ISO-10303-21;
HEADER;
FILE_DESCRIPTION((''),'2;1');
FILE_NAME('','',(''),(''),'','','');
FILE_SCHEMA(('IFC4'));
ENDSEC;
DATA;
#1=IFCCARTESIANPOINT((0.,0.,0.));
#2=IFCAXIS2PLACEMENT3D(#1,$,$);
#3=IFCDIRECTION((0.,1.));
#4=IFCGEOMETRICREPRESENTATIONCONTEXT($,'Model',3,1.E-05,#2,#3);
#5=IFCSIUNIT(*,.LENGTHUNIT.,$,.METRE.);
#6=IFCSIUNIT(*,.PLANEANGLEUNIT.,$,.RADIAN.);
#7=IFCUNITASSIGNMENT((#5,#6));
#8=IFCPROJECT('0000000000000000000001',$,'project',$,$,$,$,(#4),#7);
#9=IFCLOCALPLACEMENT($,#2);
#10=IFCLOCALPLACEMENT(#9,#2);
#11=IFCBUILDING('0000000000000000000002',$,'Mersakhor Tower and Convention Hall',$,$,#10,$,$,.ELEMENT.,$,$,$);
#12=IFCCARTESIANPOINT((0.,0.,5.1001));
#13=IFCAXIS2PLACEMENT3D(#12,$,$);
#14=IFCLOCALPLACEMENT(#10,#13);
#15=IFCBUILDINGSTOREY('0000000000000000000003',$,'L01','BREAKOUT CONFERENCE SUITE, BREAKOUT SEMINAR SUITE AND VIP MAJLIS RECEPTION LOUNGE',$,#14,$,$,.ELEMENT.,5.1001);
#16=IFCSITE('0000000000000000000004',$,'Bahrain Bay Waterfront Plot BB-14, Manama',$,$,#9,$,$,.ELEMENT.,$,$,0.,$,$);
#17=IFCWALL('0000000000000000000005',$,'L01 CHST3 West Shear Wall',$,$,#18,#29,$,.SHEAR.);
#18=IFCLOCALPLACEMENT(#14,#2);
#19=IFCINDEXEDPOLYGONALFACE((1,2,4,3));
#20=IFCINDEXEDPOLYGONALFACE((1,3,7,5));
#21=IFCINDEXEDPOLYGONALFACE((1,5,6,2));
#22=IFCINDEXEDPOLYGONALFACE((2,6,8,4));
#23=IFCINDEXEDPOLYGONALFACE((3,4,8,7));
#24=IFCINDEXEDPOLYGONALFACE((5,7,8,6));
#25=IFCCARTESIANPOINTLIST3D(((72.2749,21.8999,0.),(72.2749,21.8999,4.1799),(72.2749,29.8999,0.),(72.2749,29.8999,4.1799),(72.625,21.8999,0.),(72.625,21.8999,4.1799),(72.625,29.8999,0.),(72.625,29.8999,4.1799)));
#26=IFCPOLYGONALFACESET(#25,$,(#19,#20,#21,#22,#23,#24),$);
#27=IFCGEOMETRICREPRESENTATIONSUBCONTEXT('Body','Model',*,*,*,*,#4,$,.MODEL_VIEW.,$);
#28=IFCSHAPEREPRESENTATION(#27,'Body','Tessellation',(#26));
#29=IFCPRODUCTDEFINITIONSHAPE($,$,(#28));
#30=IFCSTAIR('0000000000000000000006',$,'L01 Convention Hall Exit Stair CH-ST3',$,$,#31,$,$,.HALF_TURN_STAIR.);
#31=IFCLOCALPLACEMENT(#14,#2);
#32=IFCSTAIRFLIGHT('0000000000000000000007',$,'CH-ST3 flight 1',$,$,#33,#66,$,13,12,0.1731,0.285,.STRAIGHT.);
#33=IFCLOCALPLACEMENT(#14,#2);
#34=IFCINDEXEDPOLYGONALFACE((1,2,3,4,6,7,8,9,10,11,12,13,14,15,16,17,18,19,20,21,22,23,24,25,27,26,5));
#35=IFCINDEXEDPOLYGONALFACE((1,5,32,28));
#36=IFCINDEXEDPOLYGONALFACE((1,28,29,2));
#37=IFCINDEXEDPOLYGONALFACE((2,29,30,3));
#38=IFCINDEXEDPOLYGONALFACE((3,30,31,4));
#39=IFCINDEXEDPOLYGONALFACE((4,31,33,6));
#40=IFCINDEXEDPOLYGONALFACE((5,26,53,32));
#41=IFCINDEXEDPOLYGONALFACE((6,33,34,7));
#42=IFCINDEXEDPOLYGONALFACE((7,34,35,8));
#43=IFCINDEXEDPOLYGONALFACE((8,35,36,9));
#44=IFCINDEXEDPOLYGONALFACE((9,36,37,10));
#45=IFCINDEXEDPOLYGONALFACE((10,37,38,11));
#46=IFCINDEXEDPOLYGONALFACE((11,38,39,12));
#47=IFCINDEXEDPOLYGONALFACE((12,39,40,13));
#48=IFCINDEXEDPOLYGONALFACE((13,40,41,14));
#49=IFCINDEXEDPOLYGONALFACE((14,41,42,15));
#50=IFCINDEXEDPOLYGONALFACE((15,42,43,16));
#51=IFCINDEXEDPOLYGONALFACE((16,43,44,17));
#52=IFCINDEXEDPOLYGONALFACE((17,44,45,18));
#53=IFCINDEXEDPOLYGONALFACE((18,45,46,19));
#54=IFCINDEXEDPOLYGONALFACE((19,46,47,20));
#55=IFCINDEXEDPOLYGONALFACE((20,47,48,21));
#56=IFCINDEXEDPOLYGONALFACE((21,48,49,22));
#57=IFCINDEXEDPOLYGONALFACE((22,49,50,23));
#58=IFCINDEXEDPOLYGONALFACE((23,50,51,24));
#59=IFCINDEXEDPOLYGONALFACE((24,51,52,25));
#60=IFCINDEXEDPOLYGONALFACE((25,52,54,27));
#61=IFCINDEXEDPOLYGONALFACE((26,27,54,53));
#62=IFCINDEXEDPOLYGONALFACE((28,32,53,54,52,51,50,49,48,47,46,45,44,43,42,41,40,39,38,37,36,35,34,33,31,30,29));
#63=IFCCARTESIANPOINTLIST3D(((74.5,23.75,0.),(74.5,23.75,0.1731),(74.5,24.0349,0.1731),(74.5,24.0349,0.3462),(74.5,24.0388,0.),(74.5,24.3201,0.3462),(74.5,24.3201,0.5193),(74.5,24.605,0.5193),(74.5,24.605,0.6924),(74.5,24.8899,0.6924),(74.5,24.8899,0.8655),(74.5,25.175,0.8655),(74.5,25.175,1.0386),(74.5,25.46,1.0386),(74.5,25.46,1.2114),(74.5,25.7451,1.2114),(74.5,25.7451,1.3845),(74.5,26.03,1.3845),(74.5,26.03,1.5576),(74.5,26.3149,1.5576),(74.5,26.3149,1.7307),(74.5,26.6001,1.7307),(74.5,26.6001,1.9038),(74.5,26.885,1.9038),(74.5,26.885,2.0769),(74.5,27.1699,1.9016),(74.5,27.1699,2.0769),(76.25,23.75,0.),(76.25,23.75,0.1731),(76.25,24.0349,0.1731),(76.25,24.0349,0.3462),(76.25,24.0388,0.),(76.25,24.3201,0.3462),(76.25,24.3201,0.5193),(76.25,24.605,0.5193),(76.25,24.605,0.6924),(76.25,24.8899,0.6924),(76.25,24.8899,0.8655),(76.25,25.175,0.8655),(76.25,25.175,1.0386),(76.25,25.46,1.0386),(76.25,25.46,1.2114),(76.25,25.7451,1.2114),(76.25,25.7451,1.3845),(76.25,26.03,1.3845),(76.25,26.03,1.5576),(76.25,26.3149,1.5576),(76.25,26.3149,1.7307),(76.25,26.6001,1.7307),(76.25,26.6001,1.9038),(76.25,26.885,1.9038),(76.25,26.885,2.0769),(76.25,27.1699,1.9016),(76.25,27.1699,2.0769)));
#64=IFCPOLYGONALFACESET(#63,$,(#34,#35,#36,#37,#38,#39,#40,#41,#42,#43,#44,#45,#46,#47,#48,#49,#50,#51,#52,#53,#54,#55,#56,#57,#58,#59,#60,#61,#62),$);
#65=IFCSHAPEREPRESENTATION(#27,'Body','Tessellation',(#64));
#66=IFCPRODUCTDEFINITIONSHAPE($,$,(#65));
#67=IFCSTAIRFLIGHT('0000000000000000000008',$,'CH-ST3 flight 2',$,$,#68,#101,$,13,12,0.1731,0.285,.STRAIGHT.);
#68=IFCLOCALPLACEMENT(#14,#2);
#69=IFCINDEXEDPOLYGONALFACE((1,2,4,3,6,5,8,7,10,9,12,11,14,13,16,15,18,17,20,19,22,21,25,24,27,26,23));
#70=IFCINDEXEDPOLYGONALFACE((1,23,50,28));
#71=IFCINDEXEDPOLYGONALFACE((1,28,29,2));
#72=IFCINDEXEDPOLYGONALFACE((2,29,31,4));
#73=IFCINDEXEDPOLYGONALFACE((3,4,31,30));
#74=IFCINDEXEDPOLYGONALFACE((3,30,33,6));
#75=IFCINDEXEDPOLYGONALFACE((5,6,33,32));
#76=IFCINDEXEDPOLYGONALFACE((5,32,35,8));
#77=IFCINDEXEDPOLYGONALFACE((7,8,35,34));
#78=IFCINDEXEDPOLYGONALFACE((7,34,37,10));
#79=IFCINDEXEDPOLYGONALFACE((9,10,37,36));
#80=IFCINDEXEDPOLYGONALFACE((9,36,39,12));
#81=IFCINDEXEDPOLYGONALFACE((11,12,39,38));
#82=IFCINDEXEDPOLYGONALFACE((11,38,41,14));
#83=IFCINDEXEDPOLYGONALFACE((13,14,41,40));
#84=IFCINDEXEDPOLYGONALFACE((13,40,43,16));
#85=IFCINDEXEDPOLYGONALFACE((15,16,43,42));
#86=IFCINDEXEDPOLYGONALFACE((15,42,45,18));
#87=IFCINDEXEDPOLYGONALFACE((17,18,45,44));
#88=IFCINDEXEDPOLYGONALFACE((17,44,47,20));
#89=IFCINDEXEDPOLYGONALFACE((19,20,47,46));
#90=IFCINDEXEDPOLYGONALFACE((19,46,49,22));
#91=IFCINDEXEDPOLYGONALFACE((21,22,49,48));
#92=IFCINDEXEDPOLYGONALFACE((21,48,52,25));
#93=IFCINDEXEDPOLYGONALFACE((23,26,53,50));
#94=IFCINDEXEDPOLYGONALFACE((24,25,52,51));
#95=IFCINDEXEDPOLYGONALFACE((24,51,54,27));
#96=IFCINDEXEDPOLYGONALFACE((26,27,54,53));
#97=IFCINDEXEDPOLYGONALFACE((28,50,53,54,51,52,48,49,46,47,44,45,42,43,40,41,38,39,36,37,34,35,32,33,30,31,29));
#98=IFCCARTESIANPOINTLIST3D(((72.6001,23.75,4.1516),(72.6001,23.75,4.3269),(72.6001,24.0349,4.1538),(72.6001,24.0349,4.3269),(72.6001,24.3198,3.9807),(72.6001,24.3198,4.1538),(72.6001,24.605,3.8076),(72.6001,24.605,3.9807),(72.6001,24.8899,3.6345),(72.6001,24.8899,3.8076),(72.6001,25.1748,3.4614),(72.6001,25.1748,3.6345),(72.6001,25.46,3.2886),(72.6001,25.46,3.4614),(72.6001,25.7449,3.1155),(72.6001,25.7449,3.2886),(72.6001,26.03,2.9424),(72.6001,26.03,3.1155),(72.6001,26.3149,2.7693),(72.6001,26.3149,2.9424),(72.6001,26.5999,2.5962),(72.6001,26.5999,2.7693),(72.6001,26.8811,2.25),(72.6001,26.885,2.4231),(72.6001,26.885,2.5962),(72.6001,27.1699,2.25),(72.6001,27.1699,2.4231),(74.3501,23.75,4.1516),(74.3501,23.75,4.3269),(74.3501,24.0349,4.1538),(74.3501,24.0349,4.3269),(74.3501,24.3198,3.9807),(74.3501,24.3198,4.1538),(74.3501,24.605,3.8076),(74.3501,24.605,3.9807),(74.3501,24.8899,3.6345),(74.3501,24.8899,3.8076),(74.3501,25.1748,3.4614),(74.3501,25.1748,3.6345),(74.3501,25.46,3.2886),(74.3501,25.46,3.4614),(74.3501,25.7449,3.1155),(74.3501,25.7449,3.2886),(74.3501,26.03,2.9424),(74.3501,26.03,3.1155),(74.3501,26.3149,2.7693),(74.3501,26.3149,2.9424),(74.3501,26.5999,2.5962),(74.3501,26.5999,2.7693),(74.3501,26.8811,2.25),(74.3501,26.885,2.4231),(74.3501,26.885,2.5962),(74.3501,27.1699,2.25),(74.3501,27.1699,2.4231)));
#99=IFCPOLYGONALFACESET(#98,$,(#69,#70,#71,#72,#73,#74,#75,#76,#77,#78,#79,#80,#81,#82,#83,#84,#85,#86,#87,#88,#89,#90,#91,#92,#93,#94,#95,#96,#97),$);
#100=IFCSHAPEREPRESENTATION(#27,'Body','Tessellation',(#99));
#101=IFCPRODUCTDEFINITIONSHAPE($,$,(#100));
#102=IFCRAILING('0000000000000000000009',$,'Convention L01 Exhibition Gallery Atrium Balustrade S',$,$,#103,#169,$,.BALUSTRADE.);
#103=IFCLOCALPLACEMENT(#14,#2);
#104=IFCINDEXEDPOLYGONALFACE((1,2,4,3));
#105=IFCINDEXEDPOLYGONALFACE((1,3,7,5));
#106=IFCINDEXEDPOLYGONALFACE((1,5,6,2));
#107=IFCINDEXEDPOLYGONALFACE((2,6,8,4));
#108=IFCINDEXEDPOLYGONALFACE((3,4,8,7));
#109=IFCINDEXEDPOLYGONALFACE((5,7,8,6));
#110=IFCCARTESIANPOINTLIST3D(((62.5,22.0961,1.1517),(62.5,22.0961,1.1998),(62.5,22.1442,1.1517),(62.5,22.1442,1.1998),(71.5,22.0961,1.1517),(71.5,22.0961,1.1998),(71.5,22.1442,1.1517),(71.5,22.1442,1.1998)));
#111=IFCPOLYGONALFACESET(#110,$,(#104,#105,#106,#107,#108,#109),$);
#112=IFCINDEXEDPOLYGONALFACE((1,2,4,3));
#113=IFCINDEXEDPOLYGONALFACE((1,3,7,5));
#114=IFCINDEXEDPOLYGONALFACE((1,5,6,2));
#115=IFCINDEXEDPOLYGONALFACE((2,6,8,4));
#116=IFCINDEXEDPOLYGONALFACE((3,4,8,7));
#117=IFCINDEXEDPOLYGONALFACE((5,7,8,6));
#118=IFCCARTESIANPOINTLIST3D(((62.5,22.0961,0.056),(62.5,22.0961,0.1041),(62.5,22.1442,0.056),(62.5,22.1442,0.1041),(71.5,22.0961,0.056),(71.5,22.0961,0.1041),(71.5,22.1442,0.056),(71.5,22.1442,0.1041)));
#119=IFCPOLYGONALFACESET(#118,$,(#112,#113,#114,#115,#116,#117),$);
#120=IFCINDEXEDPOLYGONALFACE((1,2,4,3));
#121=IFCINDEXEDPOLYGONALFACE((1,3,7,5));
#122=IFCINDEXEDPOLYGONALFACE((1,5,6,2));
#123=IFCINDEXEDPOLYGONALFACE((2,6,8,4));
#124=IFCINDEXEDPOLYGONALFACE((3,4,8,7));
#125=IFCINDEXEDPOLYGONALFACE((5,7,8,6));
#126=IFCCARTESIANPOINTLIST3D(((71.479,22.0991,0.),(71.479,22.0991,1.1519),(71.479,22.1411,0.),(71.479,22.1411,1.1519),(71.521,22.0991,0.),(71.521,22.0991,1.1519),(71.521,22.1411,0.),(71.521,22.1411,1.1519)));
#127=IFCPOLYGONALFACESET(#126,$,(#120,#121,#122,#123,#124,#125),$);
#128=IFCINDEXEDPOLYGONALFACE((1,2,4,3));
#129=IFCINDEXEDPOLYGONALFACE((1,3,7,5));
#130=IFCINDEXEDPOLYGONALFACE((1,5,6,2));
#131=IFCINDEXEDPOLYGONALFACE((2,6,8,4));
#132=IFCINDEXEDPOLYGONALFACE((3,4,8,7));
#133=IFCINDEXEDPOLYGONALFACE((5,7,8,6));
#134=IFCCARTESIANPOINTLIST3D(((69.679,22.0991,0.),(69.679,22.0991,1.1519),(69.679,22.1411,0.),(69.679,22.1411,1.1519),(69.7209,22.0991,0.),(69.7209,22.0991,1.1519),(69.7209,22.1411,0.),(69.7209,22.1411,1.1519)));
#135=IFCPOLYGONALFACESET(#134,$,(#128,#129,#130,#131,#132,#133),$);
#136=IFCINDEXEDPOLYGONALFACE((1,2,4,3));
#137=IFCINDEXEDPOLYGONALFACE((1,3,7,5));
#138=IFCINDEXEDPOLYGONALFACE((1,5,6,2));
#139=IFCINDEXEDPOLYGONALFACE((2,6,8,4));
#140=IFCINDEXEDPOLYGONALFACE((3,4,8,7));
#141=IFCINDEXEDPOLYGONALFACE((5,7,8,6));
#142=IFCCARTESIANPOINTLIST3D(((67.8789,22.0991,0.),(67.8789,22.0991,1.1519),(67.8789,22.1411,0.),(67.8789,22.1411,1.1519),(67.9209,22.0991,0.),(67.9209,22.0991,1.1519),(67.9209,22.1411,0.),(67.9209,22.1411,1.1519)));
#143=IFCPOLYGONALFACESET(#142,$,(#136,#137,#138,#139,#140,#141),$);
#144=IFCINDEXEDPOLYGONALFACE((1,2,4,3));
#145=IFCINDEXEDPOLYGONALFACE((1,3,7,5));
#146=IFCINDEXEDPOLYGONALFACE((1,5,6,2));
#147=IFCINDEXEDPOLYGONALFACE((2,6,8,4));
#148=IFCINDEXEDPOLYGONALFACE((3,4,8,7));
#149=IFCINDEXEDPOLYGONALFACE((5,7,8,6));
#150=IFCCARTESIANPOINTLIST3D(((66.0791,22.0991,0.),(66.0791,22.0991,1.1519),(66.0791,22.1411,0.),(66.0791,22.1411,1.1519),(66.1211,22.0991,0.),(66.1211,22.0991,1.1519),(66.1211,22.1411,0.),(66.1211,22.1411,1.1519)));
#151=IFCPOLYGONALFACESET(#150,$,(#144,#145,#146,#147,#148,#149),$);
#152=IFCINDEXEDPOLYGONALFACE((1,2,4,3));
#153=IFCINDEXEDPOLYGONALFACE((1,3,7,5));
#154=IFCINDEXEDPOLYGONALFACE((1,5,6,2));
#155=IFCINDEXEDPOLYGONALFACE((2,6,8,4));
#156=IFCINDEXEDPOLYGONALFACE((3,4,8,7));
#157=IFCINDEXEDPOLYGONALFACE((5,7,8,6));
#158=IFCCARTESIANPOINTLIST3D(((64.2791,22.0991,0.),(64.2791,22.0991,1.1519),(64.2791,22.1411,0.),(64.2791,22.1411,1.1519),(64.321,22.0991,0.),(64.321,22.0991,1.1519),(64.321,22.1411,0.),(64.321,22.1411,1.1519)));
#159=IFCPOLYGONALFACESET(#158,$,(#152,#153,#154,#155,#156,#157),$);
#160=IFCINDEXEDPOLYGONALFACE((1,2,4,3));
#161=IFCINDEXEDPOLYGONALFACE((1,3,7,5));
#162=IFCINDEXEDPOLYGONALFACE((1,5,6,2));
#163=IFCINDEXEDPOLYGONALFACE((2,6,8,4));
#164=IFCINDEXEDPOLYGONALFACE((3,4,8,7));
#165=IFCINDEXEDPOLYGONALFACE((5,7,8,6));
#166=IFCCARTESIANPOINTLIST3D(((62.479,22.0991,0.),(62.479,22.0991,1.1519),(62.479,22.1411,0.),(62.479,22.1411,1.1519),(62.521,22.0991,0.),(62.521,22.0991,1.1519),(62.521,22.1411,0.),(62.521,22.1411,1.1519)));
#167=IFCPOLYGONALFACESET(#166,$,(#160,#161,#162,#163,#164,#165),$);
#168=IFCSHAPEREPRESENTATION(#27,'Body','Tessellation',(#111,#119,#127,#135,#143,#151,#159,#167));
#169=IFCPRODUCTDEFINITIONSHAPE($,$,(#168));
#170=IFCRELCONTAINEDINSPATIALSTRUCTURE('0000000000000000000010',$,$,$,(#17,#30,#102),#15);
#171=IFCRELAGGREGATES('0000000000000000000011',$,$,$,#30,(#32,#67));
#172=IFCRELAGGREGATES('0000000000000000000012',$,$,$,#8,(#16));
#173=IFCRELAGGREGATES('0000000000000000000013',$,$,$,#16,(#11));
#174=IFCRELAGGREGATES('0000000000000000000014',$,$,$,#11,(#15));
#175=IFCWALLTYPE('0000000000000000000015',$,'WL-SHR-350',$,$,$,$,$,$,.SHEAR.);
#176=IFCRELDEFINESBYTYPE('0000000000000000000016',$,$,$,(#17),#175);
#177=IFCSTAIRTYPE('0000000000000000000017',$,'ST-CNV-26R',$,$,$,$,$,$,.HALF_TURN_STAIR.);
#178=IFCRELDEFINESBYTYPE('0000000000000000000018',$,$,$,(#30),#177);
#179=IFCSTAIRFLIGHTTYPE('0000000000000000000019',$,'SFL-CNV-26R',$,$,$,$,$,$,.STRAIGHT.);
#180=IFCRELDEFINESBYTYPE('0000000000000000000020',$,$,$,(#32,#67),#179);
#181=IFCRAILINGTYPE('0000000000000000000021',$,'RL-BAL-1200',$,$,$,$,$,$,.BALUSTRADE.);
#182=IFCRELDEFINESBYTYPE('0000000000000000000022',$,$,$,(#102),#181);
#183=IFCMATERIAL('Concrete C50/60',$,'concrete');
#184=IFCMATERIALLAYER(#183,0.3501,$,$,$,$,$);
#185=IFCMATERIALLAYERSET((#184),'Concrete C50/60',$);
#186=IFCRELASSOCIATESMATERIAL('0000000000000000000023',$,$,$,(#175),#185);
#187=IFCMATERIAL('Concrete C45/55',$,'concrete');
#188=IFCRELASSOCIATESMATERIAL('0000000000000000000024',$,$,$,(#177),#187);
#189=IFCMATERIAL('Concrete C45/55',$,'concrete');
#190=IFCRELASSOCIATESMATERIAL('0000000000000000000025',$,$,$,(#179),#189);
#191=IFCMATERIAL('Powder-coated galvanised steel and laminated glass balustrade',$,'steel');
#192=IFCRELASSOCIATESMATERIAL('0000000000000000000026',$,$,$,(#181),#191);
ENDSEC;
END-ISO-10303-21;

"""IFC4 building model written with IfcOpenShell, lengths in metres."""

from ifc_helpers import new_model, si_unit, direction, frame, frame_2d, origin, origin_2d, place, context, subcontext, project, spatial, polyline, rectangle, outline, extrude, material, layer, layer_set, type_object, element, aggregate, save


model = new_model("IFC4")

# Units and contexts
model_context = context("Model", 3, precision=1e-05, world=origin(), true_north=direction((0.0, 1.0)))
body_context = subcontext(model_context, "Body", "Model", "MODEL_VIEW")
ifc_project = project(units=[si_unit("LENGTHUNIT", "METRE"), si_unit("PLANEANGLEUNIT", "RADIAN")], contexts=[model_context])

# Site, building, storey
site_placement = place(None, origin())
site = spatial("IfcSite", under=ifc_project, at=site_placement, Name="Bahrain Bay Waterfront Plot BB-14, Manama", CompositionType="ELEMENT", RefElevation=0.0)
building_placement = place(site_placement, origin())
building = spatial("IfcBuilding", under=site, at=building_placement, Name="Mersakhor Tower and Convention Hall", CompositionType="ELEMENT")
storey_placement = place(building_placement, frame((0.0, 0.0, 5.1001)))
storey = spatial("IfcBuildingStorey", under=building, at=storey_placement, Name="L01", Description="BREAKOUT CONFERENCE SUITE, BREAKOUT SEMINAR SUITE AND VIP MAJLIS RECEPTION LOUNGE", CompositionType="ELEMENT", Elevation=5.1001)

# Wall
ifc_material_1 = material(Name="Concrete C50/60", Category="concrete")
ifc_layer_1 = layer(ifc_material_1, 0.3501)
ifc_layer_set_1 = layer_set([ifc_layer_1], Name="Concrete C50/60")
wall_type_1 = type_object("IfcWallType", Name="WL-SHR-350", PredefinedType="SHEAR", material=ifc_layer_set_1)
wall_1_placement = place(storey_placement, frame((72.45, 21.8999, 0.0), z_axis=(0.0, 0.0, 1.0), x_axis=(0.0, 1.0, 0.0)))
element("IfcWall", 1, at=wall_1_placement, inside=storey, type_object=wall_type_1, Name="L01 CHST3 West Shear Wall", PredefinedType="SHEAR", context=body_context, shape_type="SweptSolid", body=[
    extrude(rectangle(XDim=8.0, YDim=0.3501, at=frame_2d((4.0, 0.0))), origin(), (0.0, 0.0, 1.0), 4.1799),
])

# Stair, stair flights
ifc_material_2 = material(Name="Concrete C45/55", Category="concrete")
stair_type = type_object("IfcStairType", Name="ST-CNV-26R", PredefinedType="HALF_TURN_STAIR", material=ifc_material_2)
stair_placement = place(storey_placement, origin())
stair = element("IfcStair", 2, at=stair_placement, inside=storey, type_object=stair_type, Name="L01 Convention Hall Exit Stair CH-ST3", PredefinedType="HALF_TURN_STAIR")
ifc_material_3 = material(Name="Concrete C45/55", Category="concrete")
stair_flight_type = type_object("IfcStairFlightType", Name="SFL-CNV-26R", PredefinedType="STRAIGHT", material=ifc_material_3)
stair_flight_1_placement = place(storey_placement, frame((75.375, 23.75, 0.0), z_axis=(0.0, 0.0, 1.0), x_axis=(0.0, 1.0, 0.0)))
stair_flight_1 = element("IfcStairFlight", 3, at=stair_flight_1_placement, type_object=stair_flight_type, Name="CH-ST3 flight 1", NumberOfRisers=13, NumberOfTreads=12, PredefinedType="STRAIGHT", RiserHeight=0.1731, TreadLength=0.285, context=body_context, shape_type="SweptSolid", body=[
    extrude(outline(polyline([(0.0, 0.0), (0.0, 0.1731), (0.2849, 0.1731), (0.2849, 0.3462), (0.5701, 0.3462), (0.5701, 0.5193), (0.855, 0.5193), (0.855, 0.6924), (1.1399, 0.6924), (1.1399, 0.8655), (1.425, 0.8655), (1.425, 1.0386), (1.71, 1.0386), (1.71, 1.2114), (1.9951, 1.2114), (1.9951, 1.3845), (2.28, 1.3845), (2.28, 1.5576), (2.5649, 1.5576), (2.5649, 1.7307), (2.8501, 1.7307), (2.8501, 1.9038), (3.135, 1.9038), (3.135, 2.0769), (3.4199, 2.0769), (3.4199, 2.25), (3.4199, 1.9016), (0.2888, 0.0), (0.0, 0.0)])), frame((0.0, 0.875, 0.0), z_axis=(0.0, -1.0, 0.0), x_axis=(1.0, 0.0, 0.0)), (0.0, 0.0, 1.0), 1.75),
])
stair_flight_2_placement = place(storey_placement, frame((73.4751, 27.1699, 2.25), z_axis=(0.0, 0.0, 1.0), x_axis=(0.0, -1.0, 0.0)))
stair_flight_2 = element("IfcStairFlight", 4, at=stair_flight_2_placement, type_object=stair_flight_type, Name="CH-ST3 flight 2", NumberOfRisers=13, NumberOfTreads=12, PredefinedType="STRAIGHT", RiserHeight=0.1731, TreadLength=0.285, context=body_context, shape_type="SweptSolid", body=[
    extrude(outline(polyline([(0.0, 0.0), (0.0, 0.1731), (0.2849, 0.1731), (0.2849, 0.3462), (0.5701, 0.3462), (0.5701, 0.5193), (0.855, 0.5193), (0.855, 0.6924), (1.1399, 0.6924), (1.1399, 0.8655), (1.425, 0.8655), (1.425, 1.0386), (1.71, 1.0386), (1.71, 1.2114), (1.9951, 1.2114), (1.9951, 1.3845), (2.28, 1.3845), (2.28, 1.5576), (2.5649, 1.5576), (2.5649, 1.7307), (2.8501, 1.7307), (2.8501, 1.9038), (3.135, 1.9038), (3.135, 2.0769), (3.4199, 2.0769), (3.4199, 2.25), (3.4199, 1.9016), (0.2888, 0.0), (0.0, 0.0)])), frame((0.0, 0.875, 0.0), z_axis=(0.0, -1.0, 0.0), x_axis=(1.0, 0.0, 0.0)), (0.0, 0.0, 1.0), 1.75),
])
aggregate(stair, [stair_flight_1, stair_flight_2])

# Railing
ifc_material_4 = material(Name="Powder-coated galvanised steel and laminated glass balustrade", Category="steel")
railing_type_1 = type_object("IfcRailingType", Name="RL-BAL-1200", PredefinedType="BALUSTRADE", material=ifc_material_4)
railing_1_placement = place(storey_placement, frame((71.5, 22.1201, 0.0)))
element("IfcRailing", 5, at=railing_1_placement, inside=storey, type_object=railing_type_1, Name="Convention L01 Exhibition Gallery Atrium Balustrade S", PredefinedType="BALUSTRADE", context=body_context, shape_type="SweptSolid", body=[
    extrude(rectangle(XDim=0.0481, YDim=0.0481, at=origin_2d()), frame((0.0, 0.0, 1.1758), z_axis=(-1.0, 0.0, 0.0), x_axis=(0.0, -1.0, 0.0)), (0.0, 0.0, 1.0), 9.0),
    extrude(rectangle(XDim=0.0481, YDim=0.0481, at=origin_2d()), frame((0.0, 0.0, 0.0801), z_axis=(-1.0, 0.0, 0.0), x_axis=(0.0, -1.0, 0.0)), (0.0, 0.0, 1.0), 9.0),
    extrude(rectangle(XDim=0.042, YDim=0.042, at=origin_2d()), origin(), (0.0, 0.0, 1.0), 1.1519),
    extrude(rectangle(XDim=0.042, YDim=0.042, at=origin_2d()), frame((-1.8, 0.0, 0.0)), (0.0, 0.0, 1.0), 1.1519),
    extrude(rectangle(XDim=0.042, YDim=0.042, at=origin_2d()), frame((-3.6001, 0.0, 0.0)), (0.0, 0.0, 1.0), 1.1519),
    extrude(rectangle(XDim=0.042, YDim=0.042, at=origin_2d()), frame((-5.3999, 0.0, 0.0)), (0.0, 0.0, 1.0), 1.1519),
    extrude(rectangle(XDim=0.042, YDim=0.042, at=origin_2d()), frame((-7.2, 0.0, 0.0)), (0.0, 0.0, 1.0), 1.1519),
    extrude(rectangle(XDim=0.042, YDim=0.042, at=origin_2d()), frame((-9.0, 0.0, 0.0)), (0.0, 0.0, 1.0), 1.1519),
])

save(model, "model.ifc")
